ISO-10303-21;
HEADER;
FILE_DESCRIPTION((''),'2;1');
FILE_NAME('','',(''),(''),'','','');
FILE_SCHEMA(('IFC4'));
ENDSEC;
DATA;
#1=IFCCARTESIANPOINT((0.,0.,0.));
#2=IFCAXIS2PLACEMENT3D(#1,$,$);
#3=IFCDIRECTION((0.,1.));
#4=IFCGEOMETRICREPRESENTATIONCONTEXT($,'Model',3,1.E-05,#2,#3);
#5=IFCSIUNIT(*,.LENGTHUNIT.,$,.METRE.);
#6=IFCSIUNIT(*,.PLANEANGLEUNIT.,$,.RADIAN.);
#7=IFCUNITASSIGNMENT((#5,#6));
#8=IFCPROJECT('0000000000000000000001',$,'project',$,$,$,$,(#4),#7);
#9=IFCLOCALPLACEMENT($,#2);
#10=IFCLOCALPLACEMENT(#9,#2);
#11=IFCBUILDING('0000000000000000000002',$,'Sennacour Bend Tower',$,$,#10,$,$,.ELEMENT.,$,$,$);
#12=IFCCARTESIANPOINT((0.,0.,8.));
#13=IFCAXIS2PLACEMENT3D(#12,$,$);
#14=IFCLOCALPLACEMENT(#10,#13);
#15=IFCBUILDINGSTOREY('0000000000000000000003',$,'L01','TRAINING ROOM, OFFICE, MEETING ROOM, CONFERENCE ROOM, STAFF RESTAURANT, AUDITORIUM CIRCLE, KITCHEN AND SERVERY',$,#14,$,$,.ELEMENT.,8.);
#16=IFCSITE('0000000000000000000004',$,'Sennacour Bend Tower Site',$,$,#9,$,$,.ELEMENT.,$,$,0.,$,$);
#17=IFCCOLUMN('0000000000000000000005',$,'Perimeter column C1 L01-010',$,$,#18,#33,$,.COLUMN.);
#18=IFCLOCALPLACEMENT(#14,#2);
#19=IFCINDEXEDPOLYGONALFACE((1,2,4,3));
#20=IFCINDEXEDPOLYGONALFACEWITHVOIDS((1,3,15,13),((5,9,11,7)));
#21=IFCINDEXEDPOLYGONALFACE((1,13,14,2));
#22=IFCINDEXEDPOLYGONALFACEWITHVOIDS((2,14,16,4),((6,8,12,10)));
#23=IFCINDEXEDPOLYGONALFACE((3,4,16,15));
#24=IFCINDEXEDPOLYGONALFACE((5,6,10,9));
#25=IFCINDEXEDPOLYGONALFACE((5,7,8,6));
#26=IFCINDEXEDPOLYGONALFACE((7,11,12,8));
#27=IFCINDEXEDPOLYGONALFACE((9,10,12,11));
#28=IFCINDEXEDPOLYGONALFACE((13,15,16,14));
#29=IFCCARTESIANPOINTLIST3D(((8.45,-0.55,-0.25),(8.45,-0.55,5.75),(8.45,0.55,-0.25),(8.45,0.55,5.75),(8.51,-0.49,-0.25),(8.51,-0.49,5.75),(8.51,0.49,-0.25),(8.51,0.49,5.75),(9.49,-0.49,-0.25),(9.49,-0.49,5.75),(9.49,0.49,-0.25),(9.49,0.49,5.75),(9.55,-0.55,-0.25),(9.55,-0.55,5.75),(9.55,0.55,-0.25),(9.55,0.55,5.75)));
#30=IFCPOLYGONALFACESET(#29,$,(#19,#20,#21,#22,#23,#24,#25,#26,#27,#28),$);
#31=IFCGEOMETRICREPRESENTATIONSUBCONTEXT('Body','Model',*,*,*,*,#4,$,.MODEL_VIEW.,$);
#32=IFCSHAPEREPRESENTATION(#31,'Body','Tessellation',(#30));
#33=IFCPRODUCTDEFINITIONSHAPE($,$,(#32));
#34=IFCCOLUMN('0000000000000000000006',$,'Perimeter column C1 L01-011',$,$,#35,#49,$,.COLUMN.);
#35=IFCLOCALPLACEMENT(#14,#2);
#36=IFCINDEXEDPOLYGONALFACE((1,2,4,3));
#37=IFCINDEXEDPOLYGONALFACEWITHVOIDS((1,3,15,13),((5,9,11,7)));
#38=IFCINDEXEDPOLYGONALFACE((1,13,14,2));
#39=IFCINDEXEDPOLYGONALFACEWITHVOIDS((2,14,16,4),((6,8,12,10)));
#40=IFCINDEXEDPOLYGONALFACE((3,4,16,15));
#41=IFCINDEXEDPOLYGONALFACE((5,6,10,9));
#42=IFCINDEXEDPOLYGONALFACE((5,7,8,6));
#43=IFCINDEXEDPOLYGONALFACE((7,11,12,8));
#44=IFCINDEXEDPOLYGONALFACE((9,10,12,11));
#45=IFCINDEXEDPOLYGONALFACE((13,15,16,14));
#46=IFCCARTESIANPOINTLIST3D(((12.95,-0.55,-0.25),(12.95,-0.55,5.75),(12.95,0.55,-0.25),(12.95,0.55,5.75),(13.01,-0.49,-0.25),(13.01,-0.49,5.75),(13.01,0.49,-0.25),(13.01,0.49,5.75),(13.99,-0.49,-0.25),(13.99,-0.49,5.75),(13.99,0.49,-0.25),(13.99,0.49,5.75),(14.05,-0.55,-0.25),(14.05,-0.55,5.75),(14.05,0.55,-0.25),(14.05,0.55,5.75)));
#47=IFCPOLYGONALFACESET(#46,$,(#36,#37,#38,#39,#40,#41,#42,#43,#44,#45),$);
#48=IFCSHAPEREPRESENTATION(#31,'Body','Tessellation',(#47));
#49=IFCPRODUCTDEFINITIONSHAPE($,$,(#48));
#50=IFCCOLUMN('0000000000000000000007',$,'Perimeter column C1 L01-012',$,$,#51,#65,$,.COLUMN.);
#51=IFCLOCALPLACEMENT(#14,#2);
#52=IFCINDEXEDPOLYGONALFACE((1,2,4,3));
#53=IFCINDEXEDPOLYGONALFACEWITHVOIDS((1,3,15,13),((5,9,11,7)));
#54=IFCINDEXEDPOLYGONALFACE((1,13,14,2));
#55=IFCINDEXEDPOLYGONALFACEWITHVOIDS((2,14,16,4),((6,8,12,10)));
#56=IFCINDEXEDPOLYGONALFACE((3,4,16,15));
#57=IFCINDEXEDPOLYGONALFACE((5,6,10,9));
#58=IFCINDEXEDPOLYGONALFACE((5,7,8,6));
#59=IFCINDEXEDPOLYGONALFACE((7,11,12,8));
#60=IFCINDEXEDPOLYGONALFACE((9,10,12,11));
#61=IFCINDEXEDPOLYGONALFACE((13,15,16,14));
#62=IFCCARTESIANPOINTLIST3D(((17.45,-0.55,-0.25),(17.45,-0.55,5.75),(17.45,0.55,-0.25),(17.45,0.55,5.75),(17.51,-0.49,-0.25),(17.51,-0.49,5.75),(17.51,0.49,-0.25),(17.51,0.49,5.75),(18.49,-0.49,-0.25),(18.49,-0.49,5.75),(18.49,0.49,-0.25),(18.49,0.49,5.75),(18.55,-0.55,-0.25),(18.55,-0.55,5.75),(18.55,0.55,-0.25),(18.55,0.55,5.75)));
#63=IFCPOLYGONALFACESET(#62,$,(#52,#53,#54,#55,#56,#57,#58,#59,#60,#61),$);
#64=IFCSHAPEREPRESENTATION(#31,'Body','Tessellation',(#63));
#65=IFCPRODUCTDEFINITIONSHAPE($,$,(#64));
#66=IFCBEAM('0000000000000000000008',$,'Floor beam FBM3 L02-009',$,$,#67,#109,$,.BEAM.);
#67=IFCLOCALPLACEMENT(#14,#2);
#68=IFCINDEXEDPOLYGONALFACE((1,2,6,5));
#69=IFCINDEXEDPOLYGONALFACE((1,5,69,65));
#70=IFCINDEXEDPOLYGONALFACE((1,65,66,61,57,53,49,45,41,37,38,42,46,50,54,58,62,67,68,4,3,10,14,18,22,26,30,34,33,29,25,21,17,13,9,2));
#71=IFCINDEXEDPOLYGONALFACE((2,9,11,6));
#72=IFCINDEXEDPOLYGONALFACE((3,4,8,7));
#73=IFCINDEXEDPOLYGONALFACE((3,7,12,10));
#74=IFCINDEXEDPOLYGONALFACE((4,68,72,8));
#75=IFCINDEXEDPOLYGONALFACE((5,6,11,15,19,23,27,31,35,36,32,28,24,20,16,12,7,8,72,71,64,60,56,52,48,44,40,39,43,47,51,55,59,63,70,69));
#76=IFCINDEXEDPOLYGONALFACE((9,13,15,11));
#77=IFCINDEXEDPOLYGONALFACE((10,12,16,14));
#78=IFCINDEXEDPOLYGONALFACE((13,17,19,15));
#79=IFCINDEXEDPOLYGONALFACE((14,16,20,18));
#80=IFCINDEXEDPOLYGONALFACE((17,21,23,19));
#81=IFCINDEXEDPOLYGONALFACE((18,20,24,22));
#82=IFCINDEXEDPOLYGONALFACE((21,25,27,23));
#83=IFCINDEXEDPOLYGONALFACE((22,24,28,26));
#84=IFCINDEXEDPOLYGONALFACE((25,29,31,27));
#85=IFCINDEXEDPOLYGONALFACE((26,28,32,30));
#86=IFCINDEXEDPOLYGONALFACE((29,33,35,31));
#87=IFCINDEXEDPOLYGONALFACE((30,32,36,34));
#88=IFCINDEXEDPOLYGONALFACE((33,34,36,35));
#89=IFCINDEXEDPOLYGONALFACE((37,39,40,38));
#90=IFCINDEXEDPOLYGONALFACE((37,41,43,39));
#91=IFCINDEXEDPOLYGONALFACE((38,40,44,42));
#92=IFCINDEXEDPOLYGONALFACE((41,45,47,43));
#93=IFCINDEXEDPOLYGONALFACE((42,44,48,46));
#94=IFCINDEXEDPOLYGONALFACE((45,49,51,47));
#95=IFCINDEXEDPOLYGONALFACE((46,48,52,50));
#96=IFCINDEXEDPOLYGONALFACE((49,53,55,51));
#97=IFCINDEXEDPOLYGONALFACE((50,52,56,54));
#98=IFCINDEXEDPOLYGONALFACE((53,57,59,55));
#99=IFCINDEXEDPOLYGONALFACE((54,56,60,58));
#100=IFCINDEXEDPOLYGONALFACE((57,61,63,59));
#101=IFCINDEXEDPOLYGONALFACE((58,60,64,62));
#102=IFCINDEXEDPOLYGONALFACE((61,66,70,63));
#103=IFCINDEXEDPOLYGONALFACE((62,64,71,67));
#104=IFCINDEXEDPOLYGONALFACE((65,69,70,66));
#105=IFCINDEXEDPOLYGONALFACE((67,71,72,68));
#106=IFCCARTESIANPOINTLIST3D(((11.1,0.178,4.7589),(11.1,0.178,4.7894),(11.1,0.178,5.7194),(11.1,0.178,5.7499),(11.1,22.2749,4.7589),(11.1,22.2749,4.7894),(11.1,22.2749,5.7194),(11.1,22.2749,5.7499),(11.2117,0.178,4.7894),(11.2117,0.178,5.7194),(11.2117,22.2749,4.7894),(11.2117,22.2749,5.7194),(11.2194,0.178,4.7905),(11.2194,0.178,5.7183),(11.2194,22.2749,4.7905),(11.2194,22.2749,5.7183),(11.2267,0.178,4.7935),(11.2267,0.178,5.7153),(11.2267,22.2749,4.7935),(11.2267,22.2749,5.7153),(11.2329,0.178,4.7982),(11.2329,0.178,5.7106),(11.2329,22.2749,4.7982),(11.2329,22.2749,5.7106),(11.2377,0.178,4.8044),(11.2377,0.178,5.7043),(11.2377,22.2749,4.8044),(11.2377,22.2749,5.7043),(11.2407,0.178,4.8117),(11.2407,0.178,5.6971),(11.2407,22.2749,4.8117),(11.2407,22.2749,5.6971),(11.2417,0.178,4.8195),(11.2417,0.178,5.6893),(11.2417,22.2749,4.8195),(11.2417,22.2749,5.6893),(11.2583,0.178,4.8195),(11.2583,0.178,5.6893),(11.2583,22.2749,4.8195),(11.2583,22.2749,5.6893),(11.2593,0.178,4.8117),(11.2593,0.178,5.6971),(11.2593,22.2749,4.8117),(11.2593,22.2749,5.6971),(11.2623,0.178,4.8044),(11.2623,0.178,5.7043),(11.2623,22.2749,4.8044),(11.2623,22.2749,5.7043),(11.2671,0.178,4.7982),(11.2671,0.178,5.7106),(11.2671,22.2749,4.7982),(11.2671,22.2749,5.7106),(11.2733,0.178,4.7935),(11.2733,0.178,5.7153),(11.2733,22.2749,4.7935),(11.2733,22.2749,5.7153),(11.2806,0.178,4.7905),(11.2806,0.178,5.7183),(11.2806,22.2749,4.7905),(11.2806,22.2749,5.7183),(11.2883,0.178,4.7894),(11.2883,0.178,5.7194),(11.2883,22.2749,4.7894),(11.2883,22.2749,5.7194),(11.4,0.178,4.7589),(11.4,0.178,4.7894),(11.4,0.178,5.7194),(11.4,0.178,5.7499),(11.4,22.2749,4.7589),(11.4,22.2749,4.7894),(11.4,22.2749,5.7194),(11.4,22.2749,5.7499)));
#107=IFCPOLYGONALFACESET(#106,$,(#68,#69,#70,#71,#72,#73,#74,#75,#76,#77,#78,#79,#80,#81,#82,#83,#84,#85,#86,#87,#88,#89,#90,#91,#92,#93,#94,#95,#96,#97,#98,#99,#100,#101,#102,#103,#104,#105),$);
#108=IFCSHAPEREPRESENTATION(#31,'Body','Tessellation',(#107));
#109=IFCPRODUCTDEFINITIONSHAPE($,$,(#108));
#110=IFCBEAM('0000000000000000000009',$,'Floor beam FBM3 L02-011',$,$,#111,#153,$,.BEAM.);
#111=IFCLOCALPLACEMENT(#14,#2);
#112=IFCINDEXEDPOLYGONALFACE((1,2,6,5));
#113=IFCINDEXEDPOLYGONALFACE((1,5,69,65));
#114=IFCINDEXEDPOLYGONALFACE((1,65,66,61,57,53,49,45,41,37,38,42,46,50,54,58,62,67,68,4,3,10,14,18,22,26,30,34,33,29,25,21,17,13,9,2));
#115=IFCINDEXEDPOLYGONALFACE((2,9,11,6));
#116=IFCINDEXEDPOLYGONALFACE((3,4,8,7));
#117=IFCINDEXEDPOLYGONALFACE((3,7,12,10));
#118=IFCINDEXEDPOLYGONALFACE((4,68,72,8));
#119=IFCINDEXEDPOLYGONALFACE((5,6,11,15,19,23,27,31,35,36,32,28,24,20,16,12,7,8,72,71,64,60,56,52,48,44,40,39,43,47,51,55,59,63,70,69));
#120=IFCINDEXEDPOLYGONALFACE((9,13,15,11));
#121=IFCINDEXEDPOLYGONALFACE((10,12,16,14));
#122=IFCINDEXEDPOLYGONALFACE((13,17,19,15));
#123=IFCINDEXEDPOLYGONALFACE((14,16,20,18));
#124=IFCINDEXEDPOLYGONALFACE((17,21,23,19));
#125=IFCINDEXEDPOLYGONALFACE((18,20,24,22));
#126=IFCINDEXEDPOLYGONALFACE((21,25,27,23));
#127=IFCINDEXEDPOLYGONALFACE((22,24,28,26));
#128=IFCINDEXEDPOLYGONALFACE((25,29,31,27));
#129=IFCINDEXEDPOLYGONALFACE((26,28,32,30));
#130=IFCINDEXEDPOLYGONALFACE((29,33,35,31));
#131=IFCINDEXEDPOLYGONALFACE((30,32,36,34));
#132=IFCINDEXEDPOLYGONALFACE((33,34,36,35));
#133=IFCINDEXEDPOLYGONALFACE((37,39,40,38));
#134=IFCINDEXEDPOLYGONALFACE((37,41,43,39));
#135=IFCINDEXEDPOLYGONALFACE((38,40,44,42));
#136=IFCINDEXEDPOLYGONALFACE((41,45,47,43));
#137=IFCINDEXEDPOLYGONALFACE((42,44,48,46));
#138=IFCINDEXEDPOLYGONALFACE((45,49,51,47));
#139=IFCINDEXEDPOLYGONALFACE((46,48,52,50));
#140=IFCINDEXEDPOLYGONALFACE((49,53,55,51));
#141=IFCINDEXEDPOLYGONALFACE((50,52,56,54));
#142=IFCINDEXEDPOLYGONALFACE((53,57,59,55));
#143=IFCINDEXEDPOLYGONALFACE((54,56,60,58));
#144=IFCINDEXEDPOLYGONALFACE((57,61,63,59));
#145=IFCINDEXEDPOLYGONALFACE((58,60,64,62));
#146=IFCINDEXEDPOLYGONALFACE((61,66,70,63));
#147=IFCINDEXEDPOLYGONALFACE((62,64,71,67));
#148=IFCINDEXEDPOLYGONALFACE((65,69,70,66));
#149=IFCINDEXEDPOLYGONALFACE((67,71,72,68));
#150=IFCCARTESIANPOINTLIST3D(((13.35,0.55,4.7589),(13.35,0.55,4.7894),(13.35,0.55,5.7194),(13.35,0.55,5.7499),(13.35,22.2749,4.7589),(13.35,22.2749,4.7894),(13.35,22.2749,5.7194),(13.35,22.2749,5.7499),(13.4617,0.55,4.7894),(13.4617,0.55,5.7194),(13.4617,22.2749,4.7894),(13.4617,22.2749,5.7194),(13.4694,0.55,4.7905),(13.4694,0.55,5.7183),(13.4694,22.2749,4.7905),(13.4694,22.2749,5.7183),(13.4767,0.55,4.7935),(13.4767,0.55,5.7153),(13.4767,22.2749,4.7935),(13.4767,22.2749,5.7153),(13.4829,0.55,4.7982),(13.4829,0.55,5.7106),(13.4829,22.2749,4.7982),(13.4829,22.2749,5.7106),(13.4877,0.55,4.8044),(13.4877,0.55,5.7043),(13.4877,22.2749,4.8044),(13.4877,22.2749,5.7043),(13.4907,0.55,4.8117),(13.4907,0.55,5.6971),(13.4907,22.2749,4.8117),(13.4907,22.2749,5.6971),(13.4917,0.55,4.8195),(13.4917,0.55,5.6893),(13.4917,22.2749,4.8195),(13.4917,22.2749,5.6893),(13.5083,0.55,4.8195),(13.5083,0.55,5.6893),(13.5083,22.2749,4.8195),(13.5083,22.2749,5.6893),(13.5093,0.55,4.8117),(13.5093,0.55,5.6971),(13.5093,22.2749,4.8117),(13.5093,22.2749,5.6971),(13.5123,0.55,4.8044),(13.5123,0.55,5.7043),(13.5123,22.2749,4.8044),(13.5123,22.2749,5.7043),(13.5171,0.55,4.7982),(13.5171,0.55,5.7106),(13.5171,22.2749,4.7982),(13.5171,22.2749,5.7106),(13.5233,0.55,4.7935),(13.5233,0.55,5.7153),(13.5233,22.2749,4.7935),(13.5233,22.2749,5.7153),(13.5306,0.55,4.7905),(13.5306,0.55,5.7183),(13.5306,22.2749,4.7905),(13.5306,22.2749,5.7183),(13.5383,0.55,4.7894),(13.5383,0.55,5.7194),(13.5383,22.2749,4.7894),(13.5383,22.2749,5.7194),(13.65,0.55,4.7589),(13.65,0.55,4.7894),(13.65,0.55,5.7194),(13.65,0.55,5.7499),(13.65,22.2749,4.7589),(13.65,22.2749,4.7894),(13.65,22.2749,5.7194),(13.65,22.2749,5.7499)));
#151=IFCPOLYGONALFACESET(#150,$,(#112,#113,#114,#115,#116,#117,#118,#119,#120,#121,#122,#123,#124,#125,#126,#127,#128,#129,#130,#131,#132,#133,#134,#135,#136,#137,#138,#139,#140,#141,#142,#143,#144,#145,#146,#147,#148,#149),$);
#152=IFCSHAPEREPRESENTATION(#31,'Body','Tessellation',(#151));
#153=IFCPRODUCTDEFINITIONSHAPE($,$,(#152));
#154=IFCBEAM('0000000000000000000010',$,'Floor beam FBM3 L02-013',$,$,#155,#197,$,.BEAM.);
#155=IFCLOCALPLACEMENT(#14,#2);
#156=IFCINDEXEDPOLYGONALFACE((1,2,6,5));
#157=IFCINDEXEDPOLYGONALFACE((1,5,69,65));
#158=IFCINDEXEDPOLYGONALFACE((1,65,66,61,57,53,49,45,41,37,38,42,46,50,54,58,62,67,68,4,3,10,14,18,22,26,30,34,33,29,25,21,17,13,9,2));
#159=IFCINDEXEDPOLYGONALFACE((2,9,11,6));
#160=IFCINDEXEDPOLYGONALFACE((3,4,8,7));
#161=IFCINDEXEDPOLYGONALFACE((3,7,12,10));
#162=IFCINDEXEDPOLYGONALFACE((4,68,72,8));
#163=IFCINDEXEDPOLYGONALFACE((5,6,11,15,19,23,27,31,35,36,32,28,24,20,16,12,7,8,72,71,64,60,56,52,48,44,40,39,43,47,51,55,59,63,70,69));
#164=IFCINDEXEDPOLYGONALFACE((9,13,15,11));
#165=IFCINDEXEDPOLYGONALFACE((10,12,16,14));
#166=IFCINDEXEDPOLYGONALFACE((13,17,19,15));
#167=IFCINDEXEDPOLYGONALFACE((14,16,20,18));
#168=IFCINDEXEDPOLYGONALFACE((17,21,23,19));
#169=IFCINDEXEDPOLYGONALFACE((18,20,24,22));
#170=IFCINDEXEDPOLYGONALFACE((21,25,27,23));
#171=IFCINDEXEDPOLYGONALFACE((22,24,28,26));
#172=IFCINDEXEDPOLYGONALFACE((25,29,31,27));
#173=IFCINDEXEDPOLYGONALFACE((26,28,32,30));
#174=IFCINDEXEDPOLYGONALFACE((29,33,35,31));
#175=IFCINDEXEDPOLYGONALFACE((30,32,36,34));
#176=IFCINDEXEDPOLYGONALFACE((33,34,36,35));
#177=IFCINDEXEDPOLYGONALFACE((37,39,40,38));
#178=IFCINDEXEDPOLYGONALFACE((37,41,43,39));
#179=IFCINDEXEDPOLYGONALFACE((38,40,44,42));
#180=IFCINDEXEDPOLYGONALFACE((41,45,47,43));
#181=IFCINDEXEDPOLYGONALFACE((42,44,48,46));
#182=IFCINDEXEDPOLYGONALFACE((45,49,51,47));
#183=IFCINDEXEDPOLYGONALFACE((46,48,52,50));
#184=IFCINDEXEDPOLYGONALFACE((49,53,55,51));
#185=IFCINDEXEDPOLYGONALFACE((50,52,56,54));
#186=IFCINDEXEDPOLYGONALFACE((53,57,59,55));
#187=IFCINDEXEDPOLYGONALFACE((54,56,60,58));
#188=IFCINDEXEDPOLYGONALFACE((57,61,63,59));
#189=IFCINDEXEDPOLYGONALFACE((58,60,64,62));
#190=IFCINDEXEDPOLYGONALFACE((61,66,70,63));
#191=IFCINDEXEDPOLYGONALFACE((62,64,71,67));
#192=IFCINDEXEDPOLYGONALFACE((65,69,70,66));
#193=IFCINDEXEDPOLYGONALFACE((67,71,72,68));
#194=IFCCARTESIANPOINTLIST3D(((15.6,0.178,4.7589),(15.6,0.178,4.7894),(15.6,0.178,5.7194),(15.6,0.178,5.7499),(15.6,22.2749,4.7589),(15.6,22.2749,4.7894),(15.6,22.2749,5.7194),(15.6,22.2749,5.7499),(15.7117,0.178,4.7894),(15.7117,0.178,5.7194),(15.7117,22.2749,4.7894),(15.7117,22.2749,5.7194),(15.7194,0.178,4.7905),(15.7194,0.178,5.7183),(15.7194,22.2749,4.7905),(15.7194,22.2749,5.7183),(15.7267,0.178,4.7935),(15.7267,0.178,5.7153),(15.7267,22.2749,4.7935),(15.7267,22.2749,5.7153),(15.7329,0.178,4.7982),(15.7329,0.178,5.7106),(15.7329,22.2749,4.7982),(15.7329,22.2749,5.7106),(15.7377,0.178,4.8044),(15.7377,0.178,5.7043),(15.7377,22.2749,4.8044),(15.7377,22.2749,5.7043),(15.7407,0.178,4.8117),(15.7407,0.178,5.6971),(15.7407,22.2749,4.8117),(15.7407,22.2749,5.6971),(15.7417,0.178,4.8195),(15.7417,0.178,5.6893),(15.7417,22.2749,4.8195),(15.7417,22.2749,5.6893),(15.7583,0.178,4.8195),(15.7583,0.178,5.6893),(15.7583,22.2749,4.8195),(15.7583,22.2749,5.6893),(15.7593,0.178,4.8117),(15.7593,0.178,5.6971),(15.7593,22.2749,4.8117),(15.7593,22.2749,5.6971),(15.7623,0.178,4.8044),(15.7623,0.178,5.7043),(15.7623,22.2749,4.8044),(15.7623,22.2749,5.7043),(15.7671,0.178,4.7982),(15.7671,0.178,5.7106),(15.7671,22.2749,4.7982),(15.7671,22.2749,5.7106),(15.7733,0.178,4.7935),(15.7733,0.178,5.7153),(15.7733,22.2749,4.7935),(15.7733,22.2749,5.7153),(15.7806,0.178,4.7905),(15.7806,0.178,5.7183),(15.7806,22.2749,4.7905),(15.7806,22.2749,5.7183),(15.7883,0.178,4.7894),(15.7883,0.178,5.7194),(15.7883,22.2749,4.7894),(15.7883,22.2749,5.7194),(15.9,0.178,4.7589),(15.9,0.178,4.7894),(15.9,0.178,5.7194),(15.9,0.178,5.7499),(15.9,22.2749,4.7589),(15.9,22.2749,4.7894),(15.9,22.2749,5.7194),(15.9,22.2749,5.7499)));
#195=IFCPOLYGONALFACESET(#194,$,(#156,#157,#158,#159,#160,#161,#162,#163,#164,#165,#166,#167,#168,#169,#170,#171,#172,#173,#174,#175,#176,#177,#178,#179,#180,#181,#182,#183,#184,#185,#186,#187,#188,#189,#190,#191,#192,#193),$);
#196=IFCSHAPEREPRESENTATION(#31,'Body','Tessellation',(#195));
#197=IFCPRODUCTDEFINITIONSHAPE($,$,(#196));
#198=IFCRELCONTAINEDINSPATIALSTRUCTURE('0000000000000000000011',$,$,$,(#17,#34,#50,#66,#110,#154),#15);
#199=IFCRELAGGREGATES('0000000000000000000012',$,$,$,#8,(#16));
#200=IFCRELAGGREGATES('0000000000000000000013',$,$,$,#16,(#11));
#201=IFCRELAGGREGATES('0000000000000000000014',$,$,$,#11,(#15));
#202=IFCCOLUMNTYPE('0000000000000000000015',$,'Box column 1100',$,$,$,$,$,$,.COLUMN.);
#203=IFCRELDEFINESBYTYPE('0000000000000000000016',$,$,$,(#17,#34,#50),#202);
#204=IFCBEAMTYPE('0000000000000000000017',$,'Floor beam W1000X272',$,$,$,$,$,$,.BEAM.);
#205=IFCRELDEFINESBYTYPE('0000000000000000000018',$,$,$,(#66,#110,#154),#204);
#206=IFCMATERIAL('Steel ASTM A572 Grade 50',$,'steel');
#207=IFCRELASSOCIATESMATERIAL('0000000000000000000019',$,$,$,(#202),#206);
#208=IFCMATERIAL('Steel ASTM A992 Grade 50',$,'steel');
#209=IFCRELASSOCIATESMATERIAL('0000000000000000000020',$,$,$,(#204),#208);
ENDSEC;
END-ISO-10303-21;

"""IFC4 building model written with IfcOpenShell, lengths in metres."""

from ifc_helpers import new_model, si_unit, direction, frame, origin, origin_2d, place, context, subcontext, project, spatial, hollow_rectangle, i_section, extrude, material, material_profile, profile_set, type_object, element, save


model = new_model("IFC4")

# Units and contexts
model_context = context("Model", 3, precision=1e-05, world=origin(), true_north=direction((0.0, 1.0)))
body_context = subcontext(model_context, "Body", "Model", "MODEL_VIEW")
ifc_project = project(units=[si_unit("LENGTHUNIT", "METRE"), si_unit("PLANEANGLEUNIT", "RADIAN")], contexts=[model_context])

# Site, building, storey
site_placement = place(None, origin())
site = spatial("IfcSite", under=ifc_project, at=site_placement, Name="Sennacour Bend Tower Site", CompositionType="ELEMENT", RefElevation=0.0)
building_placement = place(site_placement, origin())
building = spatial("IfcBuilding", under=site, at=building_placement, Name="Sennacour Bend Tower", CompositionType="ELEMENT")
storey_placement = place(building_placement, frame((0.0, 0.0, 8.0)))
storey = spatial("IfcBuildingStorey", under=building, at=storey_placement, Name="L01", Description="TRAINING ROOM, OFFICE, MEETING ROOM, CONFERENCE ROOM, STAFF RESTAURANT, AUDITORIUM CIRCLE, KITCHEN AND SERVERY", CompositionType="ELEMENT", Elevation=8.0)

# Columns
ifc_material_1 = material(Name="Steel ASTM A572 Grade 50", Category="steel")
ifc_material_profile_1 = material_profile(ifc_material_1, hollow_rectangle(XDim=1.1001, YDim=1.1001, WallThickness=0.0601, at=origin_2d()), Name="Steel ASTM A572 Grade 50", Category="steel")
ifc_profile_set_1 = profile_set([ifc_material_profile_1], Name="Steel ASTM A572 Grade 50")
column_type = type_object("IfcColumnType", Name="Box column 1100", PredefinedType="COLUMN", material=ifc_profile_set_1)
for number, where, z_axis, x_axis, name in (
    (1, (9.0, 0.0, -0.25), (0.0, 0.0, 1.0), (1.0, 0.0, 0.0), "Perimeter column C1 L01-010"),
    (2, (13.5, 0.0, -0.25), (0.0, 0.0, 1.0), (1.0, 0.0, 0.0), "Perimeter column C1 L01-011"),
    (3, (18.0, 0.0, -0.25), (0.0, 0.0, 1.0), (1.0, 0.0, 0.0), "Perimeter column C1 L01-012"),
):
    element("IfcColumn", number, at=place(storey_placement, frame(where, z_axis=z_axis, x_axis=x_axis)), inside=storey, type_object=column_type, Name=name, PredefinedType="COLUMN", context=body_context, shape_type="SweptSolid", body=[
        extrude(hollow_rectangle(XDim=1.1001, YDim=1.1001, WallThickness=0.0601, at=origin_2d()), origin(), (0.0, 0.0, 1.0), 6.0),
    ])

# Beams
ifc_material_2 = material(Name="Steel ASTM A992 Grade 50", Category="steel")
ifc_material_profile_2 = material_profile(ifc_material_2, i_section(OverallWidth=0.3, OverallDepth=0.991, WebThickness=0.0166, FlangeThickness=0.0305, FilletRadius=0.03, at=origin_2d()), Name="Steel ASTM A992 Grade 50", Category="steel")
ifc_profile_set_2 = profile_set([ifc_material_profile_2], Name="Steel ASTM A992 Grade 50")
beam_type_1 = type_object("IfcBeamType", Name="Floor beam W1000X272", PredefinedType="BEAM", material=ifc_profile_set_2)
beam_1_placement = place(storey_placement, frame((11.25, 0.178, 5.2544), z_axis=(0.0, 1.0, 0.0), x_axis=(-1.0, 0.0, 0.0)))
element("IfcBeam", 4, at=beam_1_placement, inside=storey, type_object=beam_type_1, Name="Floor beam FBM3 L02-009", PredefinedType="BEAM", context=body_context, shape_type="SweptSolid", body=[
    extrude(i_section(OverallWidth=0.3, OverallDepth=0.991, WebThickness=0.0166, FlangeThickness=0.0305, FilletRadius=0.03, at=origin_2d()), origin(), (0.0, 0.0, 1.0), 22.0969),
])
beam_2_placement = place(storey_placement, frame((13.5, 0.55, 5.2544), z_axis=(0.0, 1.0, 0.0), x_axis=(-1.0, 0.0, 0.0)))
element("IfcBeam", 5, at=beam_2_placement, inside=storey, type_object=beam_type_1, Name="Floor beam FBM3 L02-011", PredefinedType="BEAM", context=body_context, shape_type="SweptSolid", body=[
    extrude(i_section(OverallWidth=0.3, OverallDepth=0.991, WebThickness=0.0166, FlangeThickness=0.0305, FilletRadius=0.03, at=origin_2d()), origin(), (0.0, 0.0, 1.0), 21.7249),
])
beam_3_placement = place(storey_placement, frame((15.75, 0.178, 5.2544), z_axis=(0.0, 1.0, 0.0), x_axis=(-1.0, 0.0, 0.0)))
element("IfcBeam", 6, at=beam_3_placement, inside=storey, type_object=beam_type_1, Name="Floor beam FBM3 L02-013", PredefinedType="BEAM", context=body_context, shape_type="SweptSolid", body=[
    extrude(i_section(OverallWidth=0.3, OverallDepth=0.991, WebThickness=0.0166, FlangeThickness=0.0305, FilletRadius=0.03, at=origin_2d()), origin(), (0.0, 0.0, 1.0), 22.0969),
])

save(model, "model.ifc")
